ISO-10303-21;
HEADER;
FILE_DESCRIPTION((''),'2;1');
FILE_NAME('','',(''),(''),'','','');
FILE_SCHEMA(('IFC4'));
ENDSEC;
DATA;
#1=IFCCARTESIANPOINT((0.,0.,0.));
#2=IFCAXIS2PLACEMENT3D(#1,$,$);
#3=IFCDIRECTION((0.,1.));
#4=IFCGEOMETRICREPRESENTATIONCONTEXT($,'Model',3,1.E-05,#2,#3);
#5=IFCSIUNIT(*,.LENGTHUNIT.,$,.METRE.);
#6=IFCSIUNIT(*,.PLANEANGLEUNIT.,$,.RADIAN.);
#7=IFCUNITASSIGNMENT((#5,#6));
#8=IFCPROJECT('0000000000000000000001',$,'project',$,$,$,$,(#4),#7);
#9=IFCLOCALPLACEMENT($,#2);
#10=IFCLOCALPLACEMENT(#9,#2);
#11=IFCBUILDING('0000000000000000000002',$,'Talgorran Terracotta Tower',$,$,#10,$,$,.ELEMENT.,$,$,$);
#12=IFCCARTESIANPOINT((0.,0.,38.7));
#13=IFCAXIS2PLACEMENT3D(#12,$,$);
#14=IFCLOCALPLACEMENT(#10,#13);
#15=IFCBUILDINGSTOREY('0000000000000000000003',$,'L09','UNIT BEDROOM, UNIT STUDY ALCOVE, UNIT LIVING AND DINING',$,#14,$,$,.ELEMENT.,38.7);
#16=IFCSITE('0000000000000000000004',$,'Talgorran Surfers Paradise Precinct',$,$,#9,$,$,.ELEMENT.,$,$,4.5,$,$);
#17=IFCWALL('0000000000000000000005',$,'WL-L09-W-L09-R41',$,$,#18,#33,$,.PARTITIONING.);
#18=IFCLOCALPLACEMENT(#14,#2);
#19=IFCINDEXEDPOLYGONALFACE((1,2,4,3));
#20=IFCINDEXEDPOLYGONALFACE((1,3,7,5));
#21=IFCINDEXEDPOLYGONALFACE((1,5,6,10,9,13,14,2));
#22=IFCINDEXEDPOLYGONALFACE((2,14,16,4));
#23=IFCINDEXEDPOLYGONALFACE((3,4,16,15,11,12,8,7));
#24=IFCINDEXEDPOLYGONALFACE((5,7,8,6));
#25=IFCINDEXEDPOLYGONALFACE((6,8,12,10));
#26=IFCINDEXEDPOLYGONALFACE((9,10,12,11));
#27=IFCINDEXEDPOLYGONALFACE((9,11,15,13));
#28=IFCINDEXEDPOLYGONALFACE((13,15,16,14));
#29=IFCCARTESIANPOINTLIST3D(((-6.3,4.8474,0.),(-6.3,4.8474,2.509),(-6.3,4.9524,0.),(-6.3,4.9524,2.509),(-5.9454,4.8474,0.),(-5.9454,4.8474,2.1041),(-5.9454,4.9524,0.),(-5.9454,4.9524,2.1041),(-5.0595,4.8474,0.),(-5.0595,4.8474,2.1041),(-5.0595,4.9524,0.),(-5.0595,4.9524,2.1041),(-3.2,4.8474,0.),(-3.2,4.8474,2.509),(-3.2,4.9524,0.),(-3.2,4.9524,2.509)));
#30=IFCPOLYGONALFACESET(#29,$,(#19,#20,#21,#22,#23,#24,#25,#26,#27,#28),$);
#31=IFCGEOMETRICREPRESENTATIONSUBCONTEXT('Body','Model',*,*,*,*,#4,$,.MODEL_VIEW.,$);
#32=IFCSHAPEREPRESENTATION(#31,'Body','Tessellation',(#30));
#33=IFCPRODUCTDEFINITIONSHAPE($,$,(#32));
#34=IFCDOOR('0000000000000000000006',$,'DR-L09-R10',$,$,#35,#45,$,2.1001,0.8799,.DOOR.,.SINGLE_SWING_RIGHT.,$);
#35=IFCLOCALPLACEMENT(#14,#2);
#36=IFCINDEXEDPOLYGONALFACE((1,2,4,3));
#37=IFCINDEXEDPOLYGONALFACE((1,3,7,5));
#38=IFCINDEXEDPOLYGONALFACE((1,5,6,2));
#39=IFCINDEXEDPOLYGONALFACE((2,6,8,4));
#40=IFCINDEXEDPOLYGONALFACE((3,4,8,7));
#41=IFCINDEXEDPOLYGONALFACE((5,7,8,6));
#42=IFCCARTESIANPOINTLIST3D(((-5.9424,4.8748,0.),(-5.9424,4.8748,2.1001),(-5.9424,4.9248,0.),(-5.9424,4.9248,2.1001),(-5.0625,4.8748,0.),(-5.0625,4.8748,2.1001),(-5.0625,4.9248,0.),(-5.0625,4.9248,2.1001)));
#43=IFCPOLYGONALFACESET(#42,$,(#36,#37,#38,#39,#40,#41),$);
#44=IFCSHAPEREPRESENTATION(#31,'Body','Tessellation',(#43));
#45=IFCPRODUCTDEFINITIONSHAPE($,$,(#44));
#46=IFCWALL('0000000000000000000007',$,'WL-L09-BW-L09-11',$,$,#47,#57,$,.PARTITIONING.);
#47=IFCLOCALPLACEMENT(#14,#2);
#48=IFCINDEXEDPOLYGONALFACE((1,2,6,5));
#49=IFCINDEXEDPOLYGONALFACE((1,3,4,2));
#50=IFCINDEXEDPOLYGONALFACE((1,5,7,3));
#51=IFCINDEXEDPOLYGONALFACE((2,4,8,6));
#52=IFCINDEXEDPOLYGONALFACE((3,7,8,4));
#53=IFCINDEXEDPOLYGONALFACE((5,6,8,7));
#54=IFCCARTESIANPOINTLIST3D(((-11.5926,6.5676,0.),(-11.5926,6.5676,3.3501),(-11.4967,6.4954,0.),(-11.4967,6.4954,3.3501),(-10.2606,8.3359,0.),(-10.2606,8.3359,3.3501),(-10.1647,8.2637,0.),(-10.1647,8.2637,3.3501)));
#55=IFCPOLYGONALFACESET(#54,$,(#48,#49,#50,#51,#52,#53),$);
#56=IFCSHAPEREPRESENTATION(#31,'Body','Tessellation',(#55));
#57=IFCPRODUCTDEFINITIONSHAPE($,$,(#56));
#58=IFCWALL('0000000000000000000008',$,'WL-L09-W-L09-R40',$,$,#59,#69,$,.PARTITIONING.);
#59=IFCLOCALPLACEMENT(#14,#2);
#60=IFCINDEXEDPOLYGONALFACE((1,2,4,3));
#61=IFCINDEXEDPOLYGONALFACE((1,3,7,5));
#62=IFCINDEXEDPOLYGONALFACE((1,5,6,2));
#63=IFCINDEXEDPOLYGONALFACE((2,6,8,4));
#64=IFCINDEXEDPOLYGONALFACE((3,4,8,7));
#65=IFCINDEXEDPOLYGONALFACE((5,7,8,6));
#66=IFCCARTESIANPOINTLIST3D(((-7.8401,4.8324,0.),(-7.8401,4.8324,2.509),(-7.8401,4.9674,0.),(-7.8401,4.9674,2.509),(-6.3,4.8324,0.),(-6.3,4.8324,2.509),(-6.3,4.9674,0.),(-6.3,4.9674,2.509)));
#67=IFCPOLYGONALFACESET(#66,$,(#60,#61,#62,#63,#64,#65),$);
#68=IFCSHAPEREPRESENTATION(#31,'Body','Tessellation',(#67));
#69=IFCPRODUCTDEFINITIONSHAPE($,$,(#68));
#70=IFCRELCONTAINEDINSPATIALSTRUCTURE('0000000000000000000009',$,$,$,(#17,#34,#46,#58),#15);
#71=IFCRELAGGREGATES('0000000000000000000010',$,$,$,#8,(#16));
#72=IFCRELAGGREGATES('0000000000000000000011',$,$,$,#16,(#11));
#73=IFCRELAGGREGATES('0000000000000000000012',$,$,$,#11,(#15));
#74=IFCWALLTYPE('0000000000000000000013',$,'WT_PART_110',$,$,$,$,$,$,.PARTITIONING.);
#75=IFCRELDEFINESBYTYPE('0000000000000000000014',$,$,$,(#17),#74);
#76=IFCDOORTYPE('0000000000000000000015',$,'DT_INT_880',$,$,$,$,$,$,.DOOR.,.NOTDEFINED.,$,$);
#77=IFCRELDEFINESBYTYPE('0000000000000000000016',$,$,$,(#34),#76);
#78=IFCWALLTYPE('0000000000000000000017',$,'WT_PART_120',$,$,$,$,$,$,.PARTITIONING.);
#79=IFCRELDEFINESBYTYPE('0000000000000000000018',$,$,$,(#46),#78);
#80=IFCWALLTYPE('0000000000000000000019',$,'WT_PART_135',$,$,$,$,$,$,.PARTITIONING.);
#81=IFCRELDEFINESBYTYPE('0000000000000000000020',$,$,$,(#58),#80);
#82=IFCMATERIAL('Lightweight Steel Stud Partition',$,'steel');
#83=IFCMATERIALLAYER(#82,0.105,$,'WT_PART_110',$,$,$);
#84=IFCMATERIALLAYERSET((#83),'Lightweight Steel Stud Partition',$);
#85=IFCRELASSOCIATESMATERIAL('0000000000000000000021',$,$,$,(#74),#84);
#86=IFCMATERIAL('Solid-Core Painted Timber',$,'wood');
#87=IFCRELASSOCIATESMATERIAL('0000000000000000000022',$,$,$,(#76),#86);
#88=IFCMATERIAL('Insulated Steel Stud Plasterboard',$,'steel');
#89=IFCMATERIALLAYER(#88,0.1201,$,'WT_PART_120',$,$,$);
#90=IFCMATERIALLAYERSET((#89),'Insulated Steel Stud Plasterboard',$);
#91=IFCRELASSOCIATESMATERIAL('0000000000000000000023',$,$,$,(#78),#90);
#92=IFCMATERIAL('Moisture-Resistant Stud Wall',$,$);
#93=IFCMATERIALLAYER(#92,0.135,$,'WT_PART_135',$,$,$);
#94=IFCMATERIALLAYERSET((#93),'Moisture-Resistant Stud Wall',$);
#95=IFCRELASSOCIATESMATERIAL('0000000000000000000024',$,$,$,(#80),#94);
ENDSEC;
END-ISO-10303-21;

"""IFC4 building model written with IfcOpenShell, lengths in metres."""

from ifc_helpers import new_model, si_unit, direction, frame, frame_2d, origin, place, context, subcontext, project, spatial, rectangle, extrude, material, layer, layer_set, type_object, element, fill, save


model = new_model("IFC4")

# Units and contexts
model_context = context("Model", 3, precision=1e-05, world=origin(), true_north=direction((0.0, 1.0)))
body_context = subcontext(model_context, "Body", "Model", "MODEL_VIEW")
ifc_project = project(units=[si_unit("LENGTHUNIT", "METRE"), si_unit("PLANEANGLEUNIT", "RADIAN")], contexts=[model_context])

# Site, building, storey
site_placement = place(None, origin())
site = spatial("IfcSite", under=ifc_project, at=site_placement, Name="Talgorran Surfers Paradise Precinct", CompositionType="ELEMENT", RefElevation=4.5)
building_placement = place(site_placement, origin())
building = spatial("IfcBuilding", under=site, at=building_placement, Name="Talgorran Terracotta Tower", CompositionType="ELEMENT")
storey_placement = place(building_placement, frame((0.0, 0.0, 38.7)))
storey = spatial("IfcBuildingStorey", under=building, at=storey_placement, Name="L09", Description="UNIT BEDROOM, UNIT STUDY ALCOVE, UNIT LIVING AND DINING", CompositionType="ELEMENT", Elevation=38.7)

# Wall, opening, door
ifc_material_1 = material(Name="Lightweight Steel Stud Partition", Category="steel")
ifc_layer_1 = layer(ifc_material_1, 0.105, Name="WT_PART_110")
ifc_layer_set_1 = layer_set([ifc_layer_1], Name="Lightweight Steel Stud Partition")
wall_type_1 = type_object("IfcWallType", Name="WT_PART_110", PredefinedType="PARTITIONING", material=ifc_layer_set_1)
ifc_material_2 = material(Name="Solid-Core Painted Timber", Category="wood")
door_type = type_object("IfcDoorType", Name="DT_INT_880", OperationType="NOTDEFINED", PredefinedType="DOOR", material=ifc_material_2)
wall_1_placement = place(storey_placement, frame((-6.3, 4.8999, 0.0), z_axis=(0.0, 0.0, 1.0), x_axis=(1.0, 0.0, 0.0)))
wall_1 = element("IfcWall", 1, at=wall_1_placement, inside=storey, type_object=wall_type_1, Name="WL-L09-W-L09-R41", PredefinedType="PARTITIONING", context=body_context, shape_type="SweptSolid", body=[
    extrude(rectangle(XDim=3.1001, YDim=0.105, at=frame_2d((1.55, 0.0))), origin(), (0.0, 0.0, 1.0), 2.509),
])
opening_1_placement = place(wall_1_placement, frame((0.3577, 0.0, 0.0)))
opening_1 = element("IfcOpeningElement", 2, at=opening_1_placement, cuts=wall_1, PredefinedType="OPENING", context=body_context, shape_type="SweptSolid", body=[
    extrude(rectangle(XDim=0.8859, YDim=2.1041, at=frame_2d((0.4399, 1.052))), frame((0.0, 0.0625, 0.0), z_axis=(0.0, -1.0, 0.0), x_axis=(1.0, 0.0, 0.0)), (0.0, 0.0, 1.0), 0.125),
])
door_1_placement = place(opening_1_placement, origin())
door_1 = element("IfcDoor", 3, at=door_1_placement, inside=storey, type_object=door_type, Name="DR-L09-R10", OperationType="SINGLE_SWING_RIGHT", OverallHeight=2.1001, OverallWidth=0.8799, PredefinedType="DOOR", context=body_context, shape_type="SweptSolid", body=[
    extrude(rectangle(XDim=0.8799, YDim=2.1001, at=frame_2d((0.4399, 1.05))), frame((0.0, 0.0249, 0.0), z_axis=(0.0, -1.0, 0.0), x_axis=(1.0, 0.0, 0.0)), (0.0, 0.0, 1.0), 0.05),
])
fill(opening_1, door_1)

# Walls
ifc_material_3 = material(Name="Insulated Steel Stud Plasterboard", Category="steel")
ifc_layer_2 = layer(ifc_material_3, 0.1201, Name="WT_PART_120")
ifc_layer_set_2 = layer_set([ifc_layer_2], Name="Insulated Steel Stud Plasterboard")
wall_type_2 = type_object("IfcWallType", Name="WT_PART_120", PredefinedType="PARTITIONING", material=ifc_layer_set_2)
wall_2_placement = place(storey_placement, frame((-10.2126, 8.2998, 0.0), z_axis=(0.0, 0.0, 1.0), x_axis=(-0.601675, -0.798741, 0.0)))
element("IfcWall", 4, at=wall_2_placement, inside=storey, type_object=wall_type_2, Name="WL-L09-BW-L09-11", PredefinedType="PARTITIONING", context=body_context, shape_type="SweptSolid", body=[
    extrude(rectangle(XDim=2.2139, YDim=0.1201, at=frame_2d((1.1069, 0.0))), origin(), (0.0, 0.0, 1.0), 3.3501),
])
ifc_material_4 = material(Name="Moisture-Resistant Stud Wall")
ifc_layer_3 = layer(ifc_material_4, 0.135, Name="WT_PART_135")
ifc_layer_set_3 = layer_set([ifc_layer_3], Name="Moisture-Resistant Stud Wall")
wall_type_3 = type_object("IfcWallType", Name="WT_PART_135", PredefinedType="PARTITIONING", material=ifc_layer_set_3)
wall_3_placement = place(storey_placement, frame((-7.8401, 4.8999, 0.0), z_axis=(0.0, 0.0, 1.0), x_axis=(1.0, 0.0, 0.0)))
element("IfcWall", 5, at=wall_3_placement, inside=storey, type_object=wall_type_3, Name="WL-L09-W-L09-R40", PredefinedType="PARTITIONING", context=body_context, shape_type="SweptSolid", body=[
    extrude(rectangle(XDim=1.54, YDim=0.135, at=frame_2d((0.77, 0.0))), origin(), (0.0, 0.0, 1.0), 2.509),
])

save(model, "model.ifc")
